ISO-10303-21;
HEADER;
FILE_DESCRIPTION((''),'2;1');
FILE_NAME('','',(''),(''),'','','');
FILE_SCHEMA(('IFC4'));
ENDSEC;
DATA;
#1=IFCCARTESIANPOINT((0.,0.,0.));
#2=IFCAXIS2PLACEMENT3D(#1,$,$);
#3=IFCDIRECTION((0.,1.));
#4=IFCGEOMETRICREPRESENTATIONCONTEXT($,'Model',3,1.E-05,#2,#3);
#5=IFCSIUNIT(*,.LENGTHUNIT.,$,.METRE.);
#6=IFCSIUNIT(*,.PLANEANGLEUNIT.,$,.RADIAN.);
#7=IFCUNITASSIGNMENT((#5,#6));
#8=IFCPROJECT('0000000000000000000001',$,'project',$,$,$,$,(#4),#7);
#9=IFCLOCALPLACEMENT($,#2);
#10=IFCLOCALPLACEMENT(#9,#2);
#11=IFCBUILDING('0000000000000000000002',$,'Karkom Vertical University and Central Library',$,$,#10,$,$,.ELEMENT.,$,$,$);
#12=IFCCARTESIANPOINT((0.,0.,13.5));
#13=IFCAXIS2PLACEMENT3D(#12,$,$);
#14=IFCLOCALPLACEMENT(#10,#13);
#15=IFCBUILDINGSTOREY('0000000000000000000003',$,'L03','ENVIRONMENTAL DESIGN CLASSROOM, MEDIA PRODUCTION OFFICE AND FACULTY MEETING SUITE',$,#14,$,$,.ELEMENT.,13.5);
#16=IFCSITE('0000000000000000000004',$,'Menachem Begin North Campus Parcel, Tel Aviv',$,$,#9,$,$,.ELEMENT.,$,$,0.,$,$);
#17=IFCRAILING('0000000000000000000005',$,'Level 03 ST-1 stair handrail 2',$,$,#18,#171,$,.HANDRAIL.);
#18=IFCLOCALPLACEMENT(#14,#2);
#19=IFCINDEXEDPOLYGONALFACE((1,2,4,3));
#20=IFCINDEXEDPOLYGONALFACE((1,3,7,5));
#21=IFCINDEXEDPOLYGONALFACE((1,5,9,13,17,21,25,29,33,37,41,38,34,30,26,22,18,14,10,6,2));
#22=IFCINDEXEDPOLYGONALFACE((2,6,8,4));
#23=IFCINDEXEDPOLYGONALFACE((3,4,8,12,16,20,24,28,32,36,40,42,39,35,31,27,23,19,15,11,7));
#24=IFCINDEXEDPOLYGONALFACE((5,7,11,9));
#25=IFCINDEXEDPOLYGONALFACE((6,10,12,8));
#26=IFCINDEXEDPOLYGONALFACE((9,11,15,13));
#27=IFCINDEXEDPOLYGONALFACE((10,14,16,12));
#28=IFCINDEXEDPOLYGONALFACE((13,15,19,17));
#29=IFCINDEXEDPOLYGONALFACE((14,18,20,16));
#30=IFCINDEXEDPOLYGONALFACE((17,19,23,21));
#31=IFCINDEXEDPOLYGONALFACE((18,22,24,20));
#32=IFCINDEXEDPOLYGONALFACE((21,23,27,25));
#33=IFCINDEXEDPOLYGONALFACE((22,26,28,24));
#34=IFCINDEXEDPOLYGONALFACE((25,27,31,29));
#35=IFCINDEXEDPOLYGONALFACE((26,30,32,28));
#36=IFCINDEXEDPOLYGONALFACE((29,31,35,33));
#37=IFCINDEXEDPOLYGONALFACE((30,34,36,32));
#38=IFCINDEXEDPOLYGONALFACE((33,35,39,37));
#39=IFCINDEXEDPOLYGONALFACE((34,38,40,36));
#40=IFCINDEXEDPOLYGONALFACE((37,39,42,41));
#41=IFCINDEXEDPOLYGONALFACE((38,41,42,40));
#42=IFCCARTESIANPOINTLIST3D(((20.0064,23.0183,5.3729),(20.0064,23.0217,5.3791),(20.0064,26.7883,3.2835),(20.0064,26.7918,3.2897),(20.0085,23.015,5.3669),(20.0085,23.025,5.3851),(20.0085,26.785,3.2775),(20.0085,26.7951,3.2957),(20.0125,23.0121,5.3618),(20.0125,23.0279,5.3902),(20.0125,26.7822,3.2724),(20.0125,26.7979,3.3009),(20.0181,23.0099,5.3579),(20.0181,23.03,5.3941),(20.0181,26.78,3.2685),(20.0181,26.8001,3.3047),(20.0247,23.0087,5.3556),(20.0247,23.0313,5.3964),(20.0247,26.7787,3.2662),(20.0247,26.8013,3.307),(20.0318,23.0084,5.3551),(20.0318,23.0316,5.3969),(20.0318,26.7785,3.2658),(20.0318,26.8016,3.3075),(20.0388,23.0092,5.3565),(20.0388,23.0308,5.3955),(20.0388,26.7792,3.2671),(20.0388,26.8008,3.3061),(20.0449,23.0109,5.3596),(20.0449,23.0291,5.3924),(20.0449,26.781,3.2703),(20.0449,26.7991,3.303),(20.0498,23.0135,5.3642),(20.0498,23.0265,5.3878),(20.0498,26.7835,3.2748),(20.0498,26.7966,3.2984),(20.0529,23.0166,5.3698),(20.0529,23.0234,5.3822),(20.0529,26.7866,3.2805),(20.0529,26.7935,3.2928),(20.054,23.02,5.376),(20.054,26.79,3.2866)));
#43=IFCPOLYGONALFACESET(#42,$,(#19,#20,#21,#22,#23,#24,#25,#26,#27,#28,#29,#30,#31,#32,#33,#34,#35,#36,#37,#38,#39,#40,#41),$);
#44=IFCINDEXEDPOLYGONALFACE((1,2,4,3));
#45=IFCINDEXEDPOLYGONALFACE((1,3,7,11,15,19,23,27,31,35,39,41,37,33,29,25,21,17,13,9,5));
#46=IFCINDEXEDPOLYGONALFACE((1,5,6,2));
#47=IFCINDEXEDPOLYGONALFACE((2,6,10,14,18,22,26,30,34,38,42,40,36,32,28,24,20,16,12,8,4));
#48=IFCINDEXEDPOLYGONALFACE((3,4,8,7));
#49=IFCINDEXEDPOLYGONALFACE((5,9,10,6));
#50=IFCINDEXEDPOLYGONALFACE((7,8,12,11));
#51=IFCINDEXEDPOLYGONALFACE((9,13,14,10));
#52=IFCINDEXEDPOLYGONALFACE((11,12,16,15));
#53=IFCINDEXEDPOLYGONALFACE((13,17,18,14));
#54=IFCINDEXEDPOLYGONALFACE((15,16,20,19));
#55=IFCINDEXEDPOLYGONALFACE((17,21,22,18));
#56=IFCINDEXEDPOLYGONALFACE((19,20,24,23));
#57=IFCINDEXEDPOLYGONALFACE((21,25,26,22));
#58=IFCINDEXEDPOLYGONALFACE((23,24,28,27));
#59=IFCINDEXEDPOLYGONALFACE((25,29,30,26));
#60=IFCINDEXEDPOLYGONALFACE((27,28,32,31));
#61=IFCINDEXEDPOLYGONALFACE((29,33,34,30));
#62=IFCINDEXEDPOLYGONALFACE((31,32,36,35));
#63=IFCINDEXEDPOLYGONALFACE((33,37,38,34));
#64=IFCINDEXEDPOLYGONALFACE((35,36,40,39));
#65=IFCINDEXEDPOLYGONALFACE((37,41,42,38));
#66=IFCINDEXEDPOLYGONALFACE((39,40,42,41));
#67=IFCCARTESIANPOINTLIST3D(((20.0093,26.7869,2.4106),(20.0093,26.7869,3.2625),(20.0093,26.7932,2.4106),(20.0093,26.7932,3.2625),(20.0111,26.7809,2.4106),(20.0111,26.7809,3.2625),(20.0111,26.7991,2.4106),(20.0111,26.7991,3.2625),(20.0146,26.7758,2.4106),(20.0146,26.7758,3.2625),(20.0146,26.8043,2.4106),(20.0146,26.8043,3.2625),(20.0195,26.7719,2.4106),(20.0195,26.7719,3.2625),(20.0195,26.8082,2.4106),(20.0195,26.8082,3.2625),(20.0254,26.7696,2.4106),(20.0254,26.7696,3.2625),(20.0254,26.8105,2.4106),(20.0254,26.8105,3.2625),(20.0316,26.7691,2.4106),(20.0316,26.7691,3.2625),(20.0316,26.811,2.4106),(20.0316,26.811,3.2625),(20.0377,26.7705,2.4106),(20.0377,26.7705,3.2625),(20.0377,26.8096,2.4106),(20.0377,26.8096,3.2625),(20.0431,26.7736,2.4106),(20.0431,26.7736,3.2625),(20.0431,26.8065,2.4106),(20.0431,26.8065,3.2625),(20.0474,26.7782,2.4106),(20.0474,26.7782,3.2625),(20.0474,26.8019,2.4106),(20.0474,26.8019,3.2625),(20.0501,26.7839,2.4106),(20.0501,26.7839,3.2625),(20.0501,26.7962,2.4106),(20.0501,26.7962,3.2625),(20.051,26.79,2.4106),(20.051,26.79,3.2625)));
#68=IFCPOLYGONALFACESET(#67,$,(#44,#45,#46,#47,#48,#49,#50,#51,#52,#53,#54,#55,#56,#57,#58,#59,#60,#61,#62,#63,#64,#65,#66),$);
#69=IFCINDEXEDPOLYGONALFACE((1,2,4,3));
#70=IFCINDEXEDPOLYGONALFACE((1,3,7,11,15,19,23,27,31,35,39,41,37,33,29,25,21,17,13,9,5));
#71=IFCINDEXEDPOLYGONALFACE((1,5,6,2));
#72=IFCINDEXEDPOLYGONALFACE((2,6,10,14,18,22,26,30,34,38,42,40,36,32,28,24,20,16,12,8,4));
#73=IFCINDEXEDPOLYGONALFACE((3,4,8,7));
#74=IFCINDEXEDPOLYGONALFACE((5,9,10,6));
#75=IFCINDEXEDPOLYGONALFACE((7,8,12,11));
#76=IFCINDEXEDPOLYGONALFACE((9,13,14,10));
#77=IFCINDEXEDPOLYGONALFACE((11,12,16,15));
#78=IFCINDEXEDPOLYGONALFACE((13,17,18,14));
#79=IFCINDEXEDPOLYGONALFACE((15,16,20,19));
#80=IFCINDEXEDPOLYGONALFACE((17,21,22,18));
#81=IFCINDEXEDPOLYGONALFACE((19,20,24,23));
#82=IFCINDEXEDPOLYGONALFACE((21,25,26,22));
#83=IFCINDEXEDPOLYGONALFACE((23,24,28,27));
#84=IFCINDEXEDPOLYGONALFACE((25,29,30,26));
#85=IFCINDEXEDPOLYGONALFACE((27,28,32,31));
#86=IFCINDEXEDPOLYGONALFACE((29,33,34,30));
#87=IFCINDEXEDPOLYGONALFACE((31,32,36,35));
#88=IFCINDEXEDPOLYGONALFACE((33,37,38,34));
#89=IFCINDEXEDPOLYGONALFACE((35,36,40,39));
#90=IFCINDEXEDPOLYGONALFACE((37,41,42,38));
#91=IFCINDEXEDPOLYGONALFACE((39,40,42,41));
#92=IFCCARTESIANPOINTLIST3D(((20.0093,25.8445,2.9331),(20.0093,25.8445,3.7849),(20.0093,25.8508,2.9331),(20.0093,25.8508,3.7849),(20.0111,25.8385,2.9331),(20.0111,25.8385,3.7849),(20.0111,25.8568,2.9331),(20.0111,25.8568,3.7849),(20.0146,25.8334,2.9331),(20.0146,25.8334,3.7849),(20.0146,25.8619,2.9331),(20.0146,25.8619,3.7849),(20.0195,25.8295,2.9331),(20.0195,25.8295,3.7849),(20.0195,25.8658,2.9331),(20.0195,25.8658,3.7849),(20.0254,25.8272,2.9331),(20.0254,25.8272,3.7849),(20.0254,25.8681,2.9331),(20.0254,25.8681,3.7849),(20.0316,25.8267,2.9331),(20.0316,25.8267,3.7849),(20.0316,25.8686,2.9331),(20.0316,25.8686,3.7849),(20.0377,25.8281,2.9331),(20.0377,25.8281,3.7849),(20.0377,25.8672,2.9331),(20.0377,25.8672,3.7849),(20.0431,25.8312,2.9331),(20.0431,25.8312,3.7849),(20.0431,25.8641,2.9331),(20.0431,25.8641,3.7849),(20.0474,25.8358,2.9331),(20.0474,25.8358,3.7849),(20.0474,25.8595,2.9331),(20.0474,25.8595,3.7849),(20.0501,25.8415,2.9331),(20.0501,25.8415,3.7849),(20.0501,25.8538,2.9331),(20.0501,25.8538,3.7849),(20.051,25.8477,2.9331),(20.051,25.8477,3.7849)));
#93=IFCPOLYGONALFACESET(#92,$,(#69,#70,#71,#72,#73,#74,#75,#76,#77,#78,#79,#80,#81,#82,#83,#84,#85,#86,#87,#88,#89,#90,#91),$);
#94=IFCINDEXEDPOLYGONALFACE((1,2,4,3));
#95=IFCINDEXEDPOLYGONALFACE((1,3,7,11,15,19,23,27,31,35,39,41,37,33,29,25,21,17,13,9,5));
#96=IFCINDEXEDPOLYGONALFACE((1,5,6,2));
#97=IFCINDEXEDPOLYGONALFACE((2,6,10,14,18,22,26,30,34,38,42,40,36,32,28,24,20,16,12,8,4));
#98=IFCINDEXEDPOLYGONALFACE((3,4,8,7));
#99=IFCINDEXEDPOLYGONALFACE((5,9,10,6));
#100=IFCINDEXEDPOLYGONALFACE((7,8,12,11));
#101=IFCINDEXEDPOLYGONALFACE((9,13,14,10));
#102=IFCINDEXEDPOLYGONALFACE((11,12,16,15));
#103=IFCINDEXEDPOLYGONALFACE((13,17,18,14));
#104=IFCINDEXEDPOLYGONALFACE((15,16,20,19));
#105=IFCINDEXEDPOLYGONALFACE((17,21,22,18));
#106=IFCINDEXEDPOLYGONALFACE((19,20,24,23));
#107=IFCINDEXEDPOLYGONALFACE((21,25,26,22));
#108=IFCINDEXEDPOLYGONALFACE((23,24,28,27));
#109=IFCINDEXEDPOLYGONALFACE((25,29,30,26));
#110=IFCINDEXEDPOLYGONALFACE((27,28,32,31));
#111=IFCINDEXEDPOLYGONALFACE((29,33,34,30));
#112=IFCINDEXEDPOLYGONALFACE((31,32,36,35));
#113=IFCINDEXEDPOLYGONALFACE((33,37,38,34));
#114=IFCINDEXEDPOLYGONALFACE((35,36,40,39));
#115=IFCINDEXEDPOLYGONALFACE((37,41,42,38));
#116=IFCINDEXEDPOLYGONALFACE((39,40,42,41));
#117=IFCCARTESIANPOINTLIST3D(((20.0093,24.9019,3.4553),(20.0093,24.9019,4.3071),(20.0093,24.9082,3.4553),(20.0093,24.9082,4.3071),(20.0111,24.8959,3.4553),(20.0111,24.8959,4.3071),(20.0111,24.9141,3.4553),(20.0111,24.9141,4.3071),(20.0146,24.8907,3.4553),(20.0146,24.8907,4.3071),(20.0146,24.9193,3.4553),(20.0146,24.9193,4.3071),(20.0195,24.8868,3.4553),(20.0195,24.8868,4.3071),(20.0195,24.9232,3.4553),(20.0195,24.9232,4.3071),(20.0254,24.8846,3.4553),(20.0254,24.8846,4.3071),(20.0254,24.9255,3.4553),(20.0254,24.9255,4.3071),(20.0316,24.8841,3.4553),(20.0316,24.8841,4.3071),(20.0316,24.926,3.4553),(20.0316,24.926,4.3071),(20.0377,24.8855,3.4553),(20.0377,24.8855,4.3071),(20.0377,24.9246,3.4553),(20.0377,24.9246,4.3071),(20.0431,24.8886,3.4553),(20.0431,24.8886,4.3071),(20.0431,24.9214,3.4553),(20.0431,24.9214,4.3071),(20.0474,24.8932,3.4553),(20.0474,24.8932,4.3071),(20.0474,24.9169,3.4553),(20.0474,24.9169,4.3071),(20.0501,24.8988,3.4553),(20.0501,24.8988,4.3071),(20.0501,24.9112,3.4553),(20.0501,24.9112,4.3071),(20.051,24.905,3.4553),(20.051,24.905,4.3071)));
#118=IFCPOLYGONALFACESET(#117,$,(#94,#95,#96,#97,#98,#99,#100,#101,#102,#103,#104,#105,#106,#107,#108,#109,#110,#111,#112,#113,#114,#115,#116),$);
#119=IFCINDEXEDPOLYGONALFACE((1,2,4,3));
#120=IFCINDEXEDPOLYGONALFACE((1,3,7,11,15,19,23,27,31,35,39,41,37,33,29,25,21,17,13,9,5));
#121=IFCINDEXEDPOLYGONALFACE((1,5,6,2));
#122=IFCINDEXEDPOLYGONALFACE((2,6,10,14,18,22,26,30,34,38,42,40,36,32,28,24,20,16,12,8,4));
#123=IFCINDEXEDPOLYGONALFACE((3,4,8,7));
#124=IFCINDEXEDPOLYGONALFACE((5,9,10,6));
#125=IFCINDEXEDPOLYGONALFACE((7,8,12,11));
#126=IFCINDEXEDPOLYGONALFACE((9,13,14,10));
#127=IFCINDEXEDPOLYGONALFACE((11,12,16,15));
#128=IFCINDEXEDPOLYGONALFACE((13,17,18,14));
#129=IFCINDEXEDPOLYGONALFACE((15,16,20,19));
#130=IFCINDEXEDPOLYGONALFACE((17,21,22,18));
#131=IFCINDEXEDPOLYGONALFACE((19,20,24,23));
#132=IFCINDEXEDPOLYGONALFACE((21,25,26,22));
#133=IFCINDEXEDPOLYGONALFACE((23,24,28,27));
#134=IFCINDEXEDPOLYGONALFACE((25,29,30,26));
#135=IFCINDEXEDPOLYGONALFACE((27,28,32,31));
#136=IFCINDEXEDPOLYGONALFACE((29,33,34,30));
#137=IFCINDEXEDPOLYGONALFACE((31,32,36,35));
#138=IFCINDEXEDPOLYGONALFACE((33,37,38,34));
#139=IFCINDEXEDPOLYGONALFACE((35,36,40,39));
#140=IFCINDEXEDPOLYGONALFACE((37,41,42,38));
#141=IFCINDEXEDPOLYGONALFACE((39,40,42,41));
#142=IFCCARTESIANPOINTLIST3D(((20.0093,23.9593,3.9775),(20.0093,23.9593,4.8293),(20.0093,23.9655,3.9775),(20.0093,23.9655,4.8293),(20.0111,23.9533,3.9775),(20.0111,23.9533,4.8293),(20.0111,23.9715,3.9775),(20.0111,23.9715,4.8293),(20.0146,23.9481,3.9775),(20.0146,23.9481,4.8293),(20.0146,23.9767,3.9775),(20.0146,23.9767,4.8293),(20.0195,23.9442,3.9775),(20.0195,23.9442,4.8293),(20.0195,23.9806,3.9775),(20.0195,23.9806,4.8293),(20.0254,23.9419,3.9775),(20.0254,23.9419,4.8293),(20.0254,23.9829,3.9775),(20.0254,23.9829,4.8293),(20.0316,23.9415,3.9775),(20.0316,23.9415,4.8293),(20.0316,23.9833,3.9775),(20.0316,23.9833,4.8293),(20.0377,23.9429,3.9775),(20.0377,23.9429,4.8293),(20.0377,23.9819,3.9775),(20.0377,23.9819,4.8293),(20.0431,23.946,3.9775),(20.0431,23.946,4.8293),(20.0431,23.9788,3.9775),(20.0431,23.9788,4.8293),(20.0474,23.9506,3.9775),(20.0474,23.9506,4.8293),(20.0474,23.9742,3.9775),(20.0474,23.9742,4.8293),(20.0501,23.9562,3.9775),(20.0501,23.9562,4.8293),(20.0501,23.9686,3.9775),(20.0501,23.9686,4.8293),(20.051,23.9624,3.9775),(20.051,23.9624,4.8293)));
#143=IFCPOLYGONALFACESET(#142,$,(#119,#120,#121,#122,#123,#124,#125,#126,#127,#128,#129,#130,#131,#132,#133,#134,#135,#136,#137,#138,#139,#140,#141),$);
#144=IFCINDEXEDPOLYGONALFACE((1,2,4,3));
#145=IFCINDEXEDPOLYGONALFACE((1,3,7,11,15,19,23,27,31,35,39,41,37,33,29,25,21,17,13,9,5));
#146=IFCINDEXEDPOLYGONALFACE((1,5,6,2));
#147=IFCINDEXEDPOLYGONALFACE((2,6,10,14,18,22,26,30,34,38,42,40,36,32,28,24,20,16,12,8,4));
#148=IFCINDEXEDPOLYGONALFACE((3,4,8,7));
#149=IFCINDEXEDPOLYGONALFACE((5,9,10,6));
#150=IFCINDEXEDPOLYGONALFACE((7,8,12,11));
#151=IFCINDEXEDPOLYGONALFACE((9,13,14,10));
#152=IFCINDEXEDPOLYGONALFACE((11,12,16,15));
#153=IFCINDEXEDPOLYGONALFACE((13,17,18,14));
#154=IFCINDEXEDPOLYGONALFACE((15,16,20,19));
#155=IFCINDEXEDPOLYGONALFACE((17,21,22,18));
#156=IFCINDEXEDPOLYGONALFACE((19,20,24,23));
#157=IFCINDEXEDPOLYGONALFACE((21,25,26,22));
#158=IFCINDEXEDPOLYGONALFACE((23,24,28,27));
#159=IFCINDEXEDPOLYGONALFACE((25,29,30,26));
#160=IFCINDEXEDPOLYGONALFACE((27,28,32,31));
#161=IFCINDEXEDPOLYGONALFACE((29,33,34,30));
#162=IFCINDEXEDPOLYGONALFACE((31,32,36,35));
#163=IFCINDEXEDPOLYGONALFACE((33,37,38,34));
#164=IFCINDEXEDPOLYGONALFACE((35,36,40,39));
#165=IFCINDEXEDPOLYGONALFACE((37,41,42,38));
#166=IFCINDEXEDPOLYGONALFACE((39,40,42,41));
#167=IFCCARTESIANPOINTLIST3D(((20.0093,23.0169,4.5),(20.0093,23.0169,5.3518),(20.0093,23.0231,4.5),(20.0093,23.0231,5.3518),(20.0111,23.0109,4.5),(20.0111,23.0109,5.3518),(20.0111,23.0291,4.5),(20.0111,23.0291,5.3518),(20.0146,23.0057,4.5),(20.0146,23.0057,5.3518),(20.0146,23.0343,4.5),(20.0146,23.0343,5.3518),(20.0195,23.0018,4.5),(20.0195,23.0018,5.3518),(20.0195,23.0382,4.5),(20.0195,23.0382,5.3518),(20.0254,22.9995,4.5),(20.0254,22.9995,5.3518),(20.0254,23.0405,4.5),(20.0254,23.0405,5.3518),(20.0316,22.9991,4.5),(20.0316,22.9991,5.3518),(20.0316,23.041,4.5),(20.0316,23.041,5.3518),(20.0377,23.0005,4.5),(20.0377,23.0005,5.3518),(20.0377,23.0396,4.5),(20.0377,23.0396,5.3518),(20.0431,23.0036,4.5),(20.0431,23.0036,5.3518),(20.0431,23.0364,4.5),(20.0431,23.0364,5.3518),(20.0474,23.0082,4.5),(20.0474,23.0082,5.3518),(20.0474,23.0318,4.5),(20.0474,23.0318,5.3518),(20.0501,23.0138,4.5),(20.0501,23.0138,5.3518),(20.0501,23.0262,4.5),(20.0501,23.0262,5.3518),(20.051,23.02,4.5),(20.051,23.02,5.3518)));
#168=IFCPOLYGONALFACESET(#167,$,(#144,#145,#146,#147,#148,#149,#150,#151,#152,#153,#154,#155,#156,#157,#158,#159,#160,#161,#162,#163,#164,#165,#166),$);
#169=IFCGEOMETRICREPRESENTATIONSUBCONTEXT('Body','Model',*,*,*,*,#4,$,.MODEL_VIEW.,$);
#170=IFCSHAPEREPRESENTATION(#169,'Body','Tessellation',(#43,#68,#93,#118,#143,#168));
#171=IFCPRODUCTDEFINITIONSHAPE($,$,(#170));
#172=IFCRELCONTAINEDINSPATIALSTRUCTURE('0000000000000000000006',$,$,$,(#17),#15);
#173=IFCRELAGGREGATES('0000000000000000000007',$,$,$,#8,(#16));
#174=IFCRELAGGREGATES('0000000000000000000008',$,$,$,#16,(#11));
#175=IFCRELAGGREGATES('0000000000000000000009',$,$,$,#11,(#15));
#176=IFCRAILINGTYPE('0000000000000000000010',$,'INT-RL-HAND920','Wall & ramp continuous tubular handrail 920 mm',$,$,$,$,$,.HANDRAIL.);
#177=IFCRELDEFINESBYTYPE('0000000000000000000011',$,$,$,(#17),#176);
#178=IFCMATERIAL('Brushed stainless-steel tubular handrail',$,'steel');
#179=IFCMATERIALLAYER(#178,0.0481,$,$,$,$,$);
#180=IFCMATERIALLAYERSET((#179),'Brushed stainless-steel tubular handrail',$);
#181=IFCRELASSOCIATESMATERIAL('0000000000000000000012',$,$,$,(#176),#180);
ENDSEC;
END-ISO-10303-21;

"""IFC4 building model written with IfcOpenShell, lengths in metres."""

from ifc_helpers import new_model, si_unit, direction, frame, origin, origin_2d, place, context, subcontext, project, spatial, circle, extrude, material, layer, layer_set, type_object, element, save


model = new_model("IFC4")

# Units and contexts
model_context = context("Model", 3, precision=1e-05, world=origin(), true_north=direction((0.0, 1.0)))
body_context = subcontext(model_context, "Body", "Model", "MODEL_VIEW")
ifc_project = project(units=[si_unit("LENGTHUNIT", "METRE"), si_unit("PLANEANGLEUNIT", "RADIAN")], contexts=[model_context])

# Site, building, storey
site_placement = place(None, origin())
site = spatial("IfcSite", under=ifc_project, at=site_placement, Name="Menachem Begin North Campus Parcel, Tel Aviv", CompositionType="ELEMENT", RefElevation=0.0)
building_placement = place(site_placement, origin())
building = spatial("IfcBuilding", under=site, at=building_placement, Name="Karkom Vertical University and Central Library", CompositionType="ELEMENT")
storey_placement = place(building_placement, frame((0.0, 0.0, 13.5)))
storey = spatial("IfcBuildingStorey", under=building, at=storey_placement, Name="L03", Description="ENVIRONMENTAL DESIGN CLASSROOM, MEDIA PRODUCTION OFFICE AND FACULTY MEETING SUITE", CompositionType="ELEMENT", Elevation=13.5)

# Railing
ifc_material_1 = material(Name="Brushed stainless-steel tubular handrail", Category="steel")
ifc_layer_1 = layer(ifc_material_1, 0.0481)
ifc_layer_set_1 = layer_set([ifc_layer_1], Name="Brushed stainless-steel tubular handrail")
railing_type_1 = type_object("IfcRailingType", Name="INT-RL-HAND920", Description="Wall & ramp continuous tubular handrail 920 mm", PredefinedType="HANDRAIL", material=ifc_layer_set_1)
railing_1_placement = place(storey_placement, frame((20.03, 26.79, 2.4106)))
element("IfcRailing", 1, at=railing_1_placement, inside=storey, type_object=railing_type_1, Name="Level 03 ST-1 stair handrail 2", PredefinedType="HANDRAIL", context=body_context, shape_type="SweptSolid", body=[
    extrude(circle(Radius=0.0239, at=origin_2d()), frame((0.0, 0.0, 0.876), z_axis=(0.0, -0.874659, 0.484739), x_axis=(1.0, 0.0, 0.0)), (0.0, 0.0, 1.0), 4.3103),
    extrude(circle(Radius=0.021, at=origin_2d()), origin(), (0.0, 0.0, 1.0), 0.8518),
    extrude(circle(Radius=0.021, at=origin_2d()), frame((0.0, -0.9424, 0.5225)), (0.0, 0.0, 1.0), 0.8518),
    extrude(circle(Radius=0.021, at=origin_2d()), frame((0.0, -1.885, 1.0447)), (0.0, 0.0, 1.0), 0.8518),
    extrude(circle(Radius=0.021, at=origin_2d()), frame((0.0, -2.8276, 1.5669)), (0.0, 0.0, 1.0), 0.8518),
    extrude(circle(Radius=0.021, at=origin_2d()), frame((0.0, -3.77, 2.0894)), (0.0, 0.0, 1.0), 0.8518),
])

save(model, "model.ifc")
